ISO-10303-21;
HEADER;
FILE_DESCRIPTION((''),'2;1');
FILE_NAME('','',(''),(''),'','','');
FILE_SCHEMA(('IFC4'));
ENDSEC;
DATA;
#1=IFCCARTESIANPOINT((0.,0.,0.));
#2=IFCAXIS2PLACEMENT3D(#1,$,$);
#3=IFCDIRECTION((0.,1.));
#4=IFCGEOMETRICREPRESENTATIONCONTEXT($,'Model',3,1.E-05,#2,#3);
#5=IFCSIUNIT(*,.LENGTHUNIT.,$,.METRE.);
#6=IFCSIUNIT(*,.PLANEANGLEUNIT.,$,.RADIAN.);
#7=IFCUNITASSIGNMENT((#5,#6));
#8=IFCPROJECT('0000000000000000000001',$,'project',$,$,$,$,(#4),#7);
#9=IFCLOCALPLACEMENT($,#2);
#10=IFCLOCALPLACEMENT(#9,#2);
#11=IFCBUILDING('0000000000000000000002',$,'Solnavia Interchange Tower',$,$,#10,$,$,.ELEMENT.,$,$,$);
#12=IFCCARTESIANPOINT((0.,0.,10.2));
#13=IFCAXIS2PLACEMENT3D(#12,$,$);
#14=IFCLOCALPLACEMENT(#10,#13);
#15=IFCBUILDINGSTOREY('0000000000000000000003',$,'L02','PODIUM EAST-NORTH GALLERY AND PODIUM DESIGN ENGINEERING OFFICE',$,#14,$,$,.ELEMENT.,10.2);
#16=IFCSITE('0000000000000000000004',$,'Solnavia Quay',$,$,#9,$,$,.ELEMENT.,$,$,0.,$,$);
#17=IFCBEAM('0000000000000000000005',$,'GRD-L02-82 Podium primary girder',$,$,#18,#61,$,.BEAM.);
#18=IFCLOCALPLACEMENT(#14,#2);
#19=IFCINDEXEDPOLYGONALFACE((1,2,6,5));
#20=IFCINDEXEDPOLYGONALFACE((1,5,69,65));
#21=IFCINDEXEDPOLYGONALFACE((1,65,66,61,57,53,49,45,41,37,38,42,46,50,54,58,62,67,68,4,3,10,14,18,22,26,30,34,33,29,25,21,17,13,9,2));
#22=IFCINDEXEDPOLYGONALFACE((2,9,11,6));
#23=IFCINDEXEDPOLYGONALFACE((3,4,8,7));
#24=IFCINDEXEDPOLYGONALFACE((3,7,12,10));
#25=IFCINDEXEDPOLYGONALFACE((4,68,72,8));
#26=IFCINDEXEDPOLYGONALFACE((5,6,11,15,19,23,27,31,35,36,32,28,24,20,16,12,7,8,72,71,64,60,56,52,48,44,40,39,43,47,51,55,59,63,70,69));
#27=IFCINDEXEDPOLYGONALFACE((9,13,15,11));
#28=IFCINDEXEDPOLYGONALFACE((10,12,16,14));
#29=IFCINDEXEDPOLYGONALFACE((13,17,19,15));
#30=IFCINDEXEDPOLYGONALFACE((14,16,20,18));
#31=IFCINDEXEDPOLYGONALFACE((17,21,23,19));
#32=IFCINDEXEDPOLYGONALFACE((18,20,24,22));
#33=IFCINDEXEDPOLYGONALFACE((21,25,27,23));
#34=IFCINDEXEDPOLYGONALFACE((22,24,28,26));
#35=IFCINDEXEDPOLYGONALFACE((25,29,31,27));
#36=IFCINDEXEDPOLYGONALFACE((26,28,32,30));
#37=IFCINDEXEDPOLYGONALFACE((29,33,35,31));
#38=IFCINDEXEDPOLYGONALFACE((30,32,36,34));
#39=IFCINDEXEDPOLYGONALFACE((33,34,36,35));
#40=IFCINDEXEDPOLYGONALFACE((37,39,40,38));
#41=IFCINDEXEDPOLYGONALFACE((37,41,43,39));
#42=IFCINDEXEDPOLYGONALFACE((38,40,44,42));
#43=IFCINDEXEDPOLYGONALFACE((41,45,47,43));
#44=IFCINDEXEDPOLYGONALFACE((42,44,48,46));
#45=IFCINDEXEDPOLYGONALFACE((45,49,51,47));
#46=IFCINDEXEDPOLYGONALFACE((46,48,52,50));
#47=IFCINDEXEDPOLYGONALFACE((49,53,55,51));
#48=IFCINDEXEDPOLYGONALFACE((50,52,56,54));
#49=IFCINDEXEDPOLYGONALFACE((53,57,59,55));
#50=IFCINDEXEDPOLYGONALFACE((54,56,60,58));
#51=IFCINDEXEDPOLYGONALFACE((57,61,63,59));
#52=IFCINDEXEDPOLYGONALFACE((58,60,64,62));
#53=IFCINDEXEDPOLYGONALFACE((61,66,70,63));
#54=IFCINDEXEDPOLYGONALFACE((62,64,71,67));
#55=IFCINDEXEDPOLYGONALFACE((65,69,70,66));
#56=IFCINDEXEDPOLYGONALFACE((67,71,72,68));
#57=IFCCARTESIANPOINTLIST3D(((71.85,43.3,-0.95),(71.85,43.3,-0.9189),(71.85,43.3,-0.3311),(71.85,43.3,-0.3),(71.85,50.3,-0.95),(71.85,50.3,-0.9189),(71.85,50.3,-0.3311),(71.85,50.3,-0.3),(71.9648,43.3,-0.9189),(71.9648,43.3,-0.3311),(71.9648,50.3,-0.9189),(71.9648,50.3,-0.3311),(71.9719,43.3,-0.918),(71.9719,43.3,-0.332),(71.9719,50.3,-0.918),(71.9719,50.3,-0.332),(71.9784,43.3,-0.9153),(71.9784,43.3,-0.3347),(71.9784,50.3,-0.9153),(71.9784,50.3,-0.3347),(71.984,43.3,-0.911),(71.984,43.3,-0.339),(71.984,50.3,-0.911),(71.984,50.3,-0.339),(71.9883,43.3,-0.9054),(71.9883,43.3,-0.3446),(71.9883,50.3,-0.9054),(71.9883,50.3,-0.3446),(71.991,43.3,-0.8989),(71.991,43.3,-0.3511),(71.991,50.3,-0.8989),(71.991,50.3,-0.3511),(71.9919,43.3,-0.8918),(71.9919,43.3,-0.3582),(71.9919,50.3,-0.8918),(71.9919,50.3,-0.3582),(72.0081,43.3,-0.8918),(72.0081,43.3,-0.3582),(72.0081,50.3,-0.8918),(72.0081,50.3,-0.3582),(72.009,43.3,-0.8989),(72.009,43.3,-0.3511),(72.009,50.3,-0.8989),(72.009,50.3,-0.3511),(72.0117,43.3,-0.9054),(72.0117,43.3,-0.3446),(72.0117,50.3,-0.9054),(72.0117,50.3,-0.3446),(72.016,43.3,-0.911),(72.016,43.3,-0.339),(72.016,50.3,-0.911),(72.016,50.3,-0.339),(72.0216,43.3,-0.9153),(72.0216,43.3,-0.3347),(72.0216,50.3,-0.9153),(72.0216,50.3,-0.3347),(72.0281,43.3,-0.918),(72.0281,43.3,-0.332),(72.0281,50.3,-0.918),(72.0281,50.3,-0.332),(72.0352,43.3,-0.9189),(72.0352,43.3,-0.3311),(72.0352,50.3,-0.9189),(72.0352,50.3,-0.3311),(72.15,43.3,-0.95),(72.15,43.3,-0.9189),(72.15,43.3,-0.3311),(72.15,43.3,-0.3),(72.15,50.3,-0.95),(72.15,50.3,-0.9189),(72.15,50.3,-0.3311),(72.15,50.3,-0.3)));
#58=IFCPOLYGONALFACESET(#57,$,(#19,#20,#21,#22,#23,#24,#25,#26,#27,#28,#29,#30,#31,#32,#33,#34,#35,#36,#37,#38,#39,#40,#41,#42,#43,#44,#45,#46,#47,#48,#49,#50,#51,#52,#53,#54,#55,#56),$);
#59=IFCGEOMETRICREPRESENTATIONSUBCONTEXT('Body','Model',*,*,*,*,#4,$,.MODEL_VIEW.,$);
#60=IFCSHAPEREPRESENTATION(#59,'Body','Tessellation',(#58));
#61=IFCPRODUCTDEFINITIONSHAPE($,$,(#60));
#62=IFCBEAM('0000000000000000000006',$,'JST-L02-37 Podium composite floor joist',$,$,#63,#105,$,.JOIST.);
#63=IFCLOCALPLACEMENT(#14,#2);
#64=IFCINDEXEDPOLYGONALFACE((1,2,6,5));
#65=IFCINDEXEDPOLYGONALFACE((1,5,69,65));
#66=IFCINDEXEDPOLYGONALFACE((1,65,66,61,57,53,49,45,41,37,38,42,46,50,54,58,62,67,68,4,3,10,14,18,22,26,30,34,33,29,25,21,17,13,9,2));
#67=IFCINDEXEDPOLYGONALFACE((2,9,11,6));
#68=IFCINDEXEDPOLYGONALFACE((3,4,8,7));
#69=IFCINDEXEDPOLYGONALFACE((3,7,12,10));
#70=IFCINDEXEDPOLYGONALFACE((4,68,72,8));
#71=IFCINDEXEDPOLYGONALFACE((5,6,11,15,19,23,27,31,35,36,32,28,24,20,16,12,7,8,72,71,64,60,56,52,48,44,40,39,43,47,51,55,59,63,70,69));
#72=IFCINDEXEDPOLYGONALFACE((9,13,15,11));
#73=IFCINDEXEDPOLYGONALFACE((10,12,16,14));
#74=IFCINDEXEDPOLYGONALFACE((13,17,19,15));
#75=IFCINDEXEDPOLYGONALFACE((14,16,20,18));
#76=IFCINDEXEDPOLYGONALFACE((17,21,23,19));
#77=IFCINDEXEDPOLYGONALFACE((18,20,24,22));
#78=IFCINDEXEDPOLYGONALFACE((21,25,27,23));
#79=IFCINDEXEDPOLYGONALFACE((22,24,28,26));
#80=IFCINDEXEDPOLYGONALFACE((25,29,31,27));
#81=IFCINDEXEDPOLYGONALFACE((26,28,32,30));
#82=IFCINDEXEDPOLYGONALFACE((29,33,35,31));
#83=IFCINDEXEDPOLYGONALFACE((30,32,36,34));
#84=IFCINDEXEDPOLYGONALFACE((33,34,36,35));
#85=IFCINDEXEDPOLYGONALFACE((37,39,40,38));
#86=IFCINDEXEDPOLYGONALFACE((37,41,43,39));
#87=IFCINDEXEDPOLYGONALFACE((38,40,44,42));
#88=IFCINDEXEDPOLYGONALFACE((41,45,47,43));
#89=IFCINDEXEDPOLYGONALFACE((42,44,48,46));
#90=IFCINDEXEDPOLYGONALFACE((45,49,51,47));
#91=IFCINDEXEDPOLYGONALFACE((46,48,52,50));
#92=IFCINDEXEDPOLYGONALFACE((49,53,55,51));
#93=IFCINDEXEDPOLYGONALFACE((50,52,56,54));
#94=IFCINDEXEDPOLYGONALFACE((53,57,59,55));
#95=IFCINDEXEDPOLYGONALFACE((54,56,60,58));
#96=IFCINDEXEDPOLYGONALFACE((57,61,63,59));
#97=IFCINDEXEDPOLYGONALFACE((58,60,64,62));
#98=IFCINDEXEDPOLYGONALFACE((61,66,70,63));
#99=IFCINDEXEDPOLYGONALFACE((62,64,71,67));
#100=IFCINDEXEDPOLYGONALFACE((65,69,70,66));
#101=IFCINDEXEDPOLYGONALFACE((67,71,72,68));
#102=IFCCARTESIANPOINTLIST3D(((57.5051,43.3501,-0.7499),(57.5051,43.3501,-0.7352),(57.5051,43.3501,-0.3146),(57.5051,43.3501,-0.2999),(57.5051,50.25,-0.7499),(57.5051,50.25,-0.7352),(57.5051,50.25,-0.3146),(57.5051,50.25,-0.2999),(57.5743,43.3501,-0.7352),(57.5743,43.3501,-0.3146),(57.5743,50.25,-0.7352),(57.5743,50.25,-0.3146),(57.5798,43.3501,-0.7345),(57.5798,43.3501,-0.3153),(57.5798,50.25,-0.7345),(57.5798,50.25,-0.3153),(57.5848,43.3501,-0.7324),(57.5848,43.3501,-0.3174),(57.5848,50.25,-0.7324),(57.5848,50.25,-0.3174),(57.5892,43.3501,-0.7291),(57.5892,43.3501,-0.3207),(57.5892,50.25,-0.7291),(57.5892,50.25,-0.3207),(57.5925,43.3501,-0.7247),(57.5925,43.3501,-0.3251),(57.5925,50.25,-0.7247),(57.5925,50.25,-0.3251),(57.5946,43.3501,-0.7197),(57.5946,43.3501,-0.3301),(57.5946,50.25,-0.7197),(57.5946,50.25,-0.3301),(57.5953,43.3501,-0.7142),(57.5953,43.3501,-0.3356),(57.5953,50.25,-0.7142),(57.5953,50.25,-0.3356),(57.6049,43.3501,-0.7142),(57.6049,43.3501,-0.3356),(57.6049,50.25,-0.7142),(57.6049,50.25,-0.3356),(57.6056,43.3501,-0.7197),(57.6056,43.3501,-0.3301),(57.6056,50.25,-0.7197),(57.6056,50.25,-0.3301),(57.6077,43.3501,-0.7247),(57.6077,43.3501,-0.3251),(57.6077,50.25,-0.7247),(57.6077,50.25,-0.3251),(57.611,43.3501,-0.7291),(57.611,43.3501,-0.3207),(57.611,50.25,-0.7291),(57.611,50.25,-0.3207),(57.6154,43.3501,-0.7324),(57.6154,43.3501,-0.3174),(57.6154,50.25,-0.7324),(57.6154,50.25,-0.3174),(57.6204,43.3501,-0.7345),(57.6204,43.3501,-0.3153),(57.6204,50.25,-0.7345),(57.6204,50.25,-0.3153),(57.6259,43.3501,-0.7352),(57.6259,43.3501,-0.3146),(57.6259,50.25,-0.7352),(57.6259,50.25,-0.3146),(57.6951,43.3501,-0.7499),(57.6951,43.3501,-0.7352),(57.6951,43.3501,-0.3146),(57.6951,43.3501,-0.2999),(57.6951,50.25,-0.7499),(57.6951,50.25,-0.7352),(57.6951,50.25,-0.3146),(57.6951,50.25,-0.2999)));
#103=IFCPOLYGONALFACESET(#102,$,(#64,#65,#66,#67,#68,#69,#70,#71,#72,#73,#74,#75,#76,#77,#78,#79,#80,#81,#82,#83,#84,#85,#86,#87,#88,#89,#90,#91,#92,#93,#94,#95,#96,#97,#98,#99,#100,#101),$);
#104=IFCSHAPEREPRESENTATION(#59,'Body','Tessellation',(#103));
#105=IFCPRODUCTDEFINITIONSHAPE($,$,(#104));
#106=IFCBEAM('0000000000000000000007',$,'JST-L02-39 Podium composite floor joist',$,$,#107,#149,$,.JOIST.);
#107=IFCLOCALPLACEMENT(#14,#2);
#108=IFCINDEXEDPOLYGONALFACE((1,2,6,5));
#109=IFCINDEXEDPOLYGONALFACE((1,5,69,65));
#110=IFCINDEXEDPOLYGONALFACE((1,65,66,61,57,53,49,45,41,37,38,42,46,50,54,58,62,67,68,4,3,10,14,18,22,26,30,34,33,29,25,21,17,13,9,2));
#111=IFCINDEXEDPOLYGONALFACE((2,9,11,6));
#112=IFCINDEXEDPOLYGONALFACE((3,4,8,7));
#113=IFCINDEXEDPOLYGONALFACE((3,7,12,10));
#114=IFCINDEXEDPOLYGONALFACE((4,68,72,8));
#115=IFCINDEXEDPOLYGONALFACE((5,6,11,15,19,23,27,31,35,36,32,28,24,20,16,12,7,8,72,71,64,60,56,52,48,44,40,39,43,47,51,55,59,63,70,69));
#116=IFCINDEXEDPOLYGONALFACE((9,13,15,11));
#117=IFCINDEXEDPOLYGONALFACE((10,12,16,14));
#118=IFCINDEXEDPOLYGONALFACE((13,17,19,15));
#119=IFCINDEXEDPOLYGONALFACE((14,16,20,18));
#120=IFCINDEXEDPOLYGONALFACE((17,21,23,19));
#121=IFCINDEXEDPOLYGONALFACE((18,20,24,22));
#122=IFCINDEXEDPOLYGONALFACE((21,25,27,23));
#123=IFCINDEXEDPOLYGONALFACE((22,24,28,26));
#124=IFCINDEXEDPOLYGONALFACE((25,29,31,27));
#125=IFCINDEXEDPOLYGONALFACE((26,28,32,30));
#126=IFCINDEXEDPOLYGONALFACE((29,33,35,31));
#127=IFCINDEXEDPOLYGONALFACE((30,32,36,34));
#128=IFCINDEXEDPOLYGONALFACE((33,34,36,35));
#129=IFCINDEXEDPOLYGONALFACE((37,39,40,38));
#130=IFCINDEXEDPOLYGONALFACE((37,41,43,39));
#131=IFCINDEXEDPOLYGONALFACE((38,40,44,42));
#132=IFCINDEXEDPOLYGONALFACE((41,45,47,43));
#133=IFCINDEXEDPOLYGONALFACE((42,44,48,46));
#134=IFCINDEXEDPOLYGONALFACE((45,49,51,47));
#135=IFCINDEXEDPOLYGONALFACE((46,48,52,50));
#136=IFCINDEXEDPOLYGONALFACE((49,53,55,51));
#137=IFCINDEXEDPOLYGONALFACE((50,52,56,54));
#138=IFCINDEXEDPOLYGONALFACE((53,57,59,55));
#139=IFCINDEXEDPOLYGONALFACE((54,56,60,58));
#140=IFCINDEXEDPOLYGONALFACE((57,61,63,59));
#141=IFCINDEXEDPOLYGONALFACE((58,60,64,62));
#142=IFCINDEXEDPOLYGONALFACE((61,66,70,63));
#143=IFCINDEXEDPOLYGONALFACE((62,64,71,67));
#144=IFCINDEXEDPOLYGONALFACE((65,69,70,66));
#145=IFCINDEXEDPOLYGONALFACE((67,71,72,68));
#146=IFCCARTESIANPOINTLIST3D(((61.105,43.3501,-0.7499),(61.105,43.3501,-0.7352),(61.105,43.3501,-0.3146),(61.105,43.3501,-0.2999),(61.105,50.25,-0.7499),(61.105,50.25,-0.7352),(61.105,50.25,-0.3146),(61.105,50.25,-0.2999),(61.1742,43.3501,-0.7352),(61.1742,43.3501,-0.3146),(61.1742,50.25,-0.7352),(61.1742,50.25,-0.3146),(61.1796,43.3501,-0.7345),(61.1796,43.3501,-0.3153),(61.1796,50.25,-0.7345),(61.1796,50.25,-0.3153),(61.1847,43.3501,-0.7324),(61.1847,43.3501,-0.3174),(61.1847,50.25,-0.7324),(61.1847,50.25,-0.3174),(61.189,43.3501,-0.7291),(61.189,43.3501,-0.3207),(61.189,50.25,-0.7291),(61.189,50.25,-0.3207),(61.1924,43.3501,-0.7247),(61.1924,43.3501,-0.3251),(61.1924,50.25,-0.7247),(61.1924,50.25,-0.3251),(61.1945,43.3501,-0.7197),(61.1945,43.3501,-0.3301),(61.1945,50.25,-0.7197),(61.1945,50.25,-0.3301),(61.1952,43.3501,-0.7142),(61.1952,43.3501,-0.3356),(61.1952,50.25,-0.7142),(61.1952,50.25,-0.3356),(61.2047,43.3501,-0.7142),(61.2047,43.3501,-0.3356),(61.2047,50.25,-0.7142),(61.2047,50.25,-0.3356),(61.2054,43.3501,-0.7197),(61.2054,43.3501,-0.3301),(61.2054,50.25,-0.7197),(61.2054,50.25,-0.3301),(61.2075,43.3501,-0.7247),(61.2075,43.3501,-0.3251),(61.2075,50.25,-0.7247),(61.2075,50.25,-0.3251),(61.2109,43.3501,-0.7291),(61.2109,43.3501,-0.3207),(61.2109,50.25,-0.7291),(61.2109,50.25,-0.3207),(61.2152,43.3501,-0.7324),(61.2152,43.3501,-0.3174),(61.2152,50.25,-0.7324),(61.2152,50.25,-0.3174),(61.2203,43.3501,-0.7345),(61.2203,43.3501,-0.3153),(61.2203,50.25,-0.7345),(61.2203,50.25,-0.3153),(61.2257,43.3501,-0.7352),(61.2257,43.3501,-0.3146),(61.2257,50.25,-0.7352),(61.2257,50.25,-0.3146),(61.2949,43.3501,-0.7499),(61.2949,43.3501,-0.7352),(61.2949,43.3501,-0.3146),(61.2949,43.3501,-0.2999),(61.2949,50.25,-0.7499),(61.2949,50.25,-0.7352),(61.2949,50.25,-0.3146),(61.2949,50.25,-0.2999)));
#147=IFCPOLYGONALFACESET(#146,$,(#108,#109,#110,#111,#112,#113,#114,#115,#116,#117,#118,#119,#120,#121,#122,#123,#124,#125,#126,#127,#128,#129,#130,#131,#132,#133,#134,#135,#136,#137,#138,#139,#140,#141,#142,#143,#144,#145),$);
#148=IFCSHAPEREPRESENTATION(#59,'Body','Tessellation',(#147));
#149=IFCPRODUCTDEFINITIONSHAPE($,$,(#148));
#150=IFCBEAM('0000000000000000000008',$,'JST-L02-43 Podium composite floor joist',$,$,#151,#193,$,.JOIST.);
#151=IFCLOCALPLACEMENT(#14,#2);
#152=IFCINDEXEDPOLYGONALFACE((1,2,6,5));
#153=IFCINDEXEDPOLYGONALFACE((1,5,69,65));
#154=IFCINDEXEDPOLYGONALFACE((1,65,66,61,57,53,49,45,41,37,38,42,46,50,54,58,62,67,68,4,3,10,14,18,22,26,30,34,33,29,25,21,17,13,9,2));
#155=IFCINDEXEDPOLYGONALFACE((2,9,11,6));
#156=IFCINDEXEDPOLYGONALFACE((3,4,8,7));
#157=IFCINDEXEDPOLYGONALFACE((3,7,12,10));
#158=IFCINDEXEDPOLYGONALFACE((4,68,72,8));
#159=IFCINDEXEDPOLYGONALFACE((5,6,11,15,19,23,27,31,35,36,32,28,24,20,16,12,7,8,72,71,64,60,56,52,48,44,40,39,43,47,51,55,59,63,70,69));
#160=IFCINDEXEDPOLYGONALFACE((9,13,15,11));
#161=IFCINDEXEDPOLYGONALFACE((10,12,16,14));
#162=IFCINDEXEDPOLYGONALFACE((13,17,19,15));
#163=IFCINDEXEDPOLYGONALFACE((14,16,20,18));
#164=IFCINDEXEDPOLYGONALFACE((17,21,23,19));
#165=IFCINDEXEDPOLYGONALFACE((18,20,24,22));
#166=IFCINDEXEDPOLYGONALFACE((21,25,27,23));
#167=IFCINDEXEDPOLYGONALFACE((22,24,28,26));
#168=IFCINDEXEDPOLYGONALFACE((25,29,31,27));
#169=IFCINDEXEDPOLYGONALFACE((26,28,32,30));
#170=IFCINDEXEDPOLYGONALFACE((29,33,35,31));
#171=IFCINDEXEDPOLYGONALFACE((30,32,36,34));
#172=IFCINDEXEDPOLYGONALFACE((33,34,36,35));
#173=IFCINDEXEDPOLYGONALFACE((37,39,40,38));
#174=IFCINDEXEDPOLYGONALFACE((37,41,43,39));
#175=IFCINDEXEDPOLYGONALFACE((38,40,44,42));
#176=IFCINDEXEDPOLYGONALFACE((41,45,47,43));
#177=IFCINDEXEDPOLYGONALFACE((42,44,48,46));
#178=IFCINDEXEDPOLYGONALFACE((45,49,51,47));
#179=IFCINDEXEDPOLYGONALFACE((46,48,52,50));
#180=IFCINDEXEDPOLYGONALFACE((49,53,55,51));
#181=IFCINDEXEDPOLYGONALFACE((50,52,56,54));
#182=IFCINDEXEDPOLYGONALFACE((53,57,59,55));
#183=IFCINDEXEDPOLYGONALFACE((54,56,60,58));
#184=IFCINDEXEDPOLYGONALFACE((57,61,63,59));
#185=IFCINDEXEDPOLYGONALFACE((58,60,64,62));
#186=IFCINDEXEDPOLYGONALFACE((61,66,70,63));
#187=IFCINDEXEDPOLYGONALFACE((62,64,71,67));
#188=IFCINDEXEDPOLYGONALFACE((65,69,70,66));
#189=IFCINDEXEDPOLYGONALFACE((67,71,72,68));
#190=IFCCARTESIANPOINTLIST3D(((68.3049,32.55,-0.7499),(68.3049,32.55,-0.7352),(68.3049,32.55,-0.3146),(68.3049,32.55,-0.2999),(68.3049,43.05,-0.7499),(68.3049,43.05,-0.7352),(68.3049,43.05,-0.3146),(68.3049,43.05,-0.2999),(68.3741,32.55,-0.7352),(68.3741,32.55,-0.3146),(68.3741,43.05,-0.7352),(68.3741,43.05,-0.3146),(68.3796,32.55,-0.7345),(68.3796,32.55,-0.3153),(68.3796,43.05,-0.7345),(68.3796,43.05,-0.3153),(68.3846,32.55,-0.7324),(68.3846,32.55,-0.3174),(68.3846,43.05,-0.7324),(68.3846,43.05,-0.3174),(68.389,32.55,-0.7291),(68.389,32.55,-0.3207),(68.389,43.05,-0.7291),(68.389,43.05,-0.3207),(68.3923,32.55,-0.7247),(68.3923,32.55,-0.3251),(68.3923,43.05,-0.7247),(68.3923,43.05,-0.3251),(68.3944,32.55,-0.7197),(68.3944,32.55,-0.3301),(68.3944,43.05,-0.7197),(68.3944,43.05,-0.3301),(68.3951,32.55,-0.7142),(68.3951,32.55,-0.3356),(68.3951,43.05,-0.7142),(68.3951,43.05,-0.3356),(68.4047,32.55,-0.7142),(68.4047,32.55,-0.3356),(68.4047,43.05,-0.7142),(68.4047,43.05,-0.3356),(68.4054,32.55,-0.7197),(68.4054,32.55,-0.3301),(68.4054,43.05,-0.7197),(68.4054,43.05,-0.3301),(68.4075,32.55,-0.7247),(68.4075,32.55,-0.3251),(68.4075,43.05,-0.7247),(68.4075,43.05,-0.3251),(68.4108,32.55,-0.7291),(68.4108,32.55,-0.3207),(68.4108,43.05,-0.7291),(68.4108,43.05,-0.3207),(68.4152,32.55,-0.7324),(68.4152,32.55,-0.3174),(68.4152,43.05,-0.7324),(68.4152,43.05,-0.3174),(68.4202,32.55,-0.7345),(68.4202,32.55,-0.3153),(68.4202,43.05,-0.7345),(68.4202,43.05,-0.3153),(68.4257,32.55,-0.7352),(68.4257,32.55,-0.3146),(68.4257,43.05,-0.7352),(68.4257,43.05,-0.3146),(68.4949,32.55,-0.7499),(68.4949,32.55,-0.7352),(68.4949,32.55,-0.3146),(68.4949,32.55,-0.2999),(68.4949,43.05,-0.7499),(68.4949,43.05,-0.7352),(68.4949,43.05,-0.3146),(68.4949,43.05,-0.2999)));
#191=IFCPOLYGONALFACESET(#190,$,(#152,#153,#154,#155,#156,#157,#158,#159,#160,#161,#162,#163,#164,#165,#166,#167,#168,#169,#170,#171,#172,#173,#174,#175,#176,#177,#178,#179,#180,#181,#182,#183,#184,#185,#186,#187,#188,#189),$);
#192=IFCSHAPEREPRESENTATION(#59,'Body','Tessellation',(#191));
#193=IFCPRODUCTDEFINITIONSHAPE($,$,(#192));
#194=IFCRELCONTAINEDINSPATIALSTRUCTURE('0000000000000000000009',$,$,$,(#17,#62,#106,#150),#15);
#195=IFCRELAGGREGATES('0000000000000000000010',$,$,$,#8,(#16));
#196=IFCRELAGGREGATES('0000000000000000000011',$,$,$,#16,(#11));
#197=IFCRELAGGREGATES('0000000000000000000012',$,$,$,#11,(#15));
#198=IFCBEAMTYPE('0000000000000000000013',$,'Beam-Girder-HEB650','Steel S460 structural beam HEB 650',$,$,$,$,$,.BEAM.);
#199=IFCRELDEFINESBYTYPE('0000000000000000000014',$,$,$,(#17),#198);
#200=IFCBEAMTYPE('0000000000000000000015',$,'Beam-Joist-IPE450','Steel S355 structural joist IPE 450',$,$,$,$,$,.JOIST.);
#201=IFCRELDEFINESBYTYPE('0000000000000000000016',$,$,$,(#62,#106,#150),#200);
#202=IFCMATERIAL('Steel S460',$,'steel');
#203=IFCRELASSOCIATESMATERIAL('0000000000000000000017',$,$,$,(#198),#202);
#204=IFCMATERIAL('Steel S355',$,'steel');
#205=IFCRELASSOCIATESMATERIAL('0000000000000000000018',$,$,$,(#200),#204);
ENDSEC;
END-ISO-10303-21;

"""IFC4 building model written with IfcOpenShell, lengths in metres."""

from ifc_helpers import new_model, si_unit, direction, frame, origin, origin_2d, place, context, subcontext, project, spatial, i_section, extrude, material, material_profile, profile_set, type_object, element, save


model = new_model("IFC4")

# Units and contexts
model_context = context("Model", 3, precision=1e-05, world=origin(), true_north=direction((0.0, 1.0)))
body_context = subcontext(model_context, "Body", "Model", "MODEL_VIEW")
ifc_project = project(units=[si_unit("LENGTHUNIT", "METRE"), si_unit("PLANEANGLEUNIT", "RADIAN")], contexts=[model_context])

# Site, building, storey
site_placement = place(None, origin())
site = spatial("IfcSite", under=ifc_project, at=site_placement, Name="Solnavia Quay", CompositionType="ELEMENT", RefElevation=0.0)
building_placement = place(site_placement, origin())
building = spatial("IfcBuilding", under=site, at=building_placement, Name="Solnavia Interchange Tower", CompositionType="ELEMENT")
storey_placement = place(building_placement, frame((0.0, 0.0, 10.2)))
storey = spatial("IfcBuildingStorey", under=building, at=storey_placement, Name="L02", Description="PODIUM EAST-NORTH GALLERY AND PODIUM DESIGN ENGINEERING OFFICE", CompositionType="ELEMENT", Elevation=10.2)

# Beams
ifc_material_1 = material(Name="Steel S460", Category="steel")
ifc_material_profile_1 = material_profile(ifc_material_1, i_section(OverallWidth=0.3, OverallDepth=0.6499, WebThickness=0.0161, FlangeThickness=0.031, FilletRadius=0.0271, at=origin_2d()), Name="HEB 650")
ifc_profile_set_1 = profile_set([ifc_material_profile_1], Name="Steel S460")
beam_type_1 = type_object("IfcBeamType", Name="Beam-Girder-HEB650", Description="Steel S460 structural beam HEB 650", PredefinedType="BEAM", material=ifc_profile_set_1)
for number, where, z_axis, x_axis, name in (
    (1, (72.0, 43.3, -0.625), (0.0, 1.0, 0.0), (-1.0, 0.0, 0.0), "GRD-L02-82 Podium primary girder"),
):
    element("IfcBeam", number, at=place(storey_placement, frame(where, z_axis=z_axis, x_axis=x_axis)), inside=storey, type_object=beam_type_1, Name=name, PredefinedType="BEAM", context=body_context, shape_type="SweptSolid", body=[
        extrude(i_section(OverallWidth=0.3, OverallDepth=0.6499, WebThickness=0.0161, FlangeThickness=0.031, FilletRadius=0.0271, at=origin_2d()), origin(), (0.0, 0.0, 1.0), 7.0),
    ])
ifc_material_2 = material(Name="Steel S355", Category="steel")
ifc_material_profile_2 = material_profile(ifc_material_2, i_section(OverallWidth=0.1899, OverallDepth=0.45, WebThickness=0.0095, FlangeThickness=0.0146, FilletRadius=0.021, at=origin_2d()), Name="IPE 450")
ifc_profile_set_2 = profile_set([ifc_material_profile_2], Name="Steel S355")
beam_type_2 = type_object("IfcBeamType", Name="Beam-Joist-IPE450", Description="Steel S355 structural joist IPE 450", PredefinedType="JOIST", material=ifc_profile_set_2)
for number, where, z_axis, x_axis, name in (
    (2, (57.6001, 43.3501, -0.5249), (0.0, 1.0, 0.0), (-1.0, 0.0, 0.0), "JST-L02-37 Podium composite floor joist"),
    (3, (61.2, 43.3501, -0.5249), (0.0, 1.0, 0.0), (-1.0, 0.0, 0.0), "JST-L02-39 Podium composite floor joist"),
):
    element("IfcBeam", number, at=place(storey_placement, frame(where, z_axis=z_axis, x_axis=x_axis)), inside=storey, type_object=beam_type_2, Name=name, PredefinedType="JOIST", context=body_context, shape_type="SweptSolid", body=[
        extrude(i_section(OverallWidth=0.1899, OverallDepth=0.45, WebThickness=0.0095, FlangeThickness=0.0146, FilletRadius=0.021, at=origin_2d()), origin(), (0.0, 0.0, 1.0), 6.8999),
    ])
beam_1_placement = place(storey_placement, frame((68.3999, 32.55, -0.5249), z_axis=(0.0, 1.0, 0.0), x_axis=(-1.0, 0.0, 0.0)))
element("IfcBeam", 4, at=beam_1_placement, inside=storey, type_object=beam_type_2, Name="JST-L02-43 Podium composite floor joist", PredefinedType="JOIST", context=body_context, shape_type="SweptSolid", body=[
    extrude(i_section(OverallWidth=0.1899, OverallDepth=0.45, WebThickness=0.0095, FlangeThickness=0.0146, FilletRadius=0.021, at=origin_2d()), origin(), (0.0, 0.0, 1.0), 10.5),
])

save(model, "model.ifc")
